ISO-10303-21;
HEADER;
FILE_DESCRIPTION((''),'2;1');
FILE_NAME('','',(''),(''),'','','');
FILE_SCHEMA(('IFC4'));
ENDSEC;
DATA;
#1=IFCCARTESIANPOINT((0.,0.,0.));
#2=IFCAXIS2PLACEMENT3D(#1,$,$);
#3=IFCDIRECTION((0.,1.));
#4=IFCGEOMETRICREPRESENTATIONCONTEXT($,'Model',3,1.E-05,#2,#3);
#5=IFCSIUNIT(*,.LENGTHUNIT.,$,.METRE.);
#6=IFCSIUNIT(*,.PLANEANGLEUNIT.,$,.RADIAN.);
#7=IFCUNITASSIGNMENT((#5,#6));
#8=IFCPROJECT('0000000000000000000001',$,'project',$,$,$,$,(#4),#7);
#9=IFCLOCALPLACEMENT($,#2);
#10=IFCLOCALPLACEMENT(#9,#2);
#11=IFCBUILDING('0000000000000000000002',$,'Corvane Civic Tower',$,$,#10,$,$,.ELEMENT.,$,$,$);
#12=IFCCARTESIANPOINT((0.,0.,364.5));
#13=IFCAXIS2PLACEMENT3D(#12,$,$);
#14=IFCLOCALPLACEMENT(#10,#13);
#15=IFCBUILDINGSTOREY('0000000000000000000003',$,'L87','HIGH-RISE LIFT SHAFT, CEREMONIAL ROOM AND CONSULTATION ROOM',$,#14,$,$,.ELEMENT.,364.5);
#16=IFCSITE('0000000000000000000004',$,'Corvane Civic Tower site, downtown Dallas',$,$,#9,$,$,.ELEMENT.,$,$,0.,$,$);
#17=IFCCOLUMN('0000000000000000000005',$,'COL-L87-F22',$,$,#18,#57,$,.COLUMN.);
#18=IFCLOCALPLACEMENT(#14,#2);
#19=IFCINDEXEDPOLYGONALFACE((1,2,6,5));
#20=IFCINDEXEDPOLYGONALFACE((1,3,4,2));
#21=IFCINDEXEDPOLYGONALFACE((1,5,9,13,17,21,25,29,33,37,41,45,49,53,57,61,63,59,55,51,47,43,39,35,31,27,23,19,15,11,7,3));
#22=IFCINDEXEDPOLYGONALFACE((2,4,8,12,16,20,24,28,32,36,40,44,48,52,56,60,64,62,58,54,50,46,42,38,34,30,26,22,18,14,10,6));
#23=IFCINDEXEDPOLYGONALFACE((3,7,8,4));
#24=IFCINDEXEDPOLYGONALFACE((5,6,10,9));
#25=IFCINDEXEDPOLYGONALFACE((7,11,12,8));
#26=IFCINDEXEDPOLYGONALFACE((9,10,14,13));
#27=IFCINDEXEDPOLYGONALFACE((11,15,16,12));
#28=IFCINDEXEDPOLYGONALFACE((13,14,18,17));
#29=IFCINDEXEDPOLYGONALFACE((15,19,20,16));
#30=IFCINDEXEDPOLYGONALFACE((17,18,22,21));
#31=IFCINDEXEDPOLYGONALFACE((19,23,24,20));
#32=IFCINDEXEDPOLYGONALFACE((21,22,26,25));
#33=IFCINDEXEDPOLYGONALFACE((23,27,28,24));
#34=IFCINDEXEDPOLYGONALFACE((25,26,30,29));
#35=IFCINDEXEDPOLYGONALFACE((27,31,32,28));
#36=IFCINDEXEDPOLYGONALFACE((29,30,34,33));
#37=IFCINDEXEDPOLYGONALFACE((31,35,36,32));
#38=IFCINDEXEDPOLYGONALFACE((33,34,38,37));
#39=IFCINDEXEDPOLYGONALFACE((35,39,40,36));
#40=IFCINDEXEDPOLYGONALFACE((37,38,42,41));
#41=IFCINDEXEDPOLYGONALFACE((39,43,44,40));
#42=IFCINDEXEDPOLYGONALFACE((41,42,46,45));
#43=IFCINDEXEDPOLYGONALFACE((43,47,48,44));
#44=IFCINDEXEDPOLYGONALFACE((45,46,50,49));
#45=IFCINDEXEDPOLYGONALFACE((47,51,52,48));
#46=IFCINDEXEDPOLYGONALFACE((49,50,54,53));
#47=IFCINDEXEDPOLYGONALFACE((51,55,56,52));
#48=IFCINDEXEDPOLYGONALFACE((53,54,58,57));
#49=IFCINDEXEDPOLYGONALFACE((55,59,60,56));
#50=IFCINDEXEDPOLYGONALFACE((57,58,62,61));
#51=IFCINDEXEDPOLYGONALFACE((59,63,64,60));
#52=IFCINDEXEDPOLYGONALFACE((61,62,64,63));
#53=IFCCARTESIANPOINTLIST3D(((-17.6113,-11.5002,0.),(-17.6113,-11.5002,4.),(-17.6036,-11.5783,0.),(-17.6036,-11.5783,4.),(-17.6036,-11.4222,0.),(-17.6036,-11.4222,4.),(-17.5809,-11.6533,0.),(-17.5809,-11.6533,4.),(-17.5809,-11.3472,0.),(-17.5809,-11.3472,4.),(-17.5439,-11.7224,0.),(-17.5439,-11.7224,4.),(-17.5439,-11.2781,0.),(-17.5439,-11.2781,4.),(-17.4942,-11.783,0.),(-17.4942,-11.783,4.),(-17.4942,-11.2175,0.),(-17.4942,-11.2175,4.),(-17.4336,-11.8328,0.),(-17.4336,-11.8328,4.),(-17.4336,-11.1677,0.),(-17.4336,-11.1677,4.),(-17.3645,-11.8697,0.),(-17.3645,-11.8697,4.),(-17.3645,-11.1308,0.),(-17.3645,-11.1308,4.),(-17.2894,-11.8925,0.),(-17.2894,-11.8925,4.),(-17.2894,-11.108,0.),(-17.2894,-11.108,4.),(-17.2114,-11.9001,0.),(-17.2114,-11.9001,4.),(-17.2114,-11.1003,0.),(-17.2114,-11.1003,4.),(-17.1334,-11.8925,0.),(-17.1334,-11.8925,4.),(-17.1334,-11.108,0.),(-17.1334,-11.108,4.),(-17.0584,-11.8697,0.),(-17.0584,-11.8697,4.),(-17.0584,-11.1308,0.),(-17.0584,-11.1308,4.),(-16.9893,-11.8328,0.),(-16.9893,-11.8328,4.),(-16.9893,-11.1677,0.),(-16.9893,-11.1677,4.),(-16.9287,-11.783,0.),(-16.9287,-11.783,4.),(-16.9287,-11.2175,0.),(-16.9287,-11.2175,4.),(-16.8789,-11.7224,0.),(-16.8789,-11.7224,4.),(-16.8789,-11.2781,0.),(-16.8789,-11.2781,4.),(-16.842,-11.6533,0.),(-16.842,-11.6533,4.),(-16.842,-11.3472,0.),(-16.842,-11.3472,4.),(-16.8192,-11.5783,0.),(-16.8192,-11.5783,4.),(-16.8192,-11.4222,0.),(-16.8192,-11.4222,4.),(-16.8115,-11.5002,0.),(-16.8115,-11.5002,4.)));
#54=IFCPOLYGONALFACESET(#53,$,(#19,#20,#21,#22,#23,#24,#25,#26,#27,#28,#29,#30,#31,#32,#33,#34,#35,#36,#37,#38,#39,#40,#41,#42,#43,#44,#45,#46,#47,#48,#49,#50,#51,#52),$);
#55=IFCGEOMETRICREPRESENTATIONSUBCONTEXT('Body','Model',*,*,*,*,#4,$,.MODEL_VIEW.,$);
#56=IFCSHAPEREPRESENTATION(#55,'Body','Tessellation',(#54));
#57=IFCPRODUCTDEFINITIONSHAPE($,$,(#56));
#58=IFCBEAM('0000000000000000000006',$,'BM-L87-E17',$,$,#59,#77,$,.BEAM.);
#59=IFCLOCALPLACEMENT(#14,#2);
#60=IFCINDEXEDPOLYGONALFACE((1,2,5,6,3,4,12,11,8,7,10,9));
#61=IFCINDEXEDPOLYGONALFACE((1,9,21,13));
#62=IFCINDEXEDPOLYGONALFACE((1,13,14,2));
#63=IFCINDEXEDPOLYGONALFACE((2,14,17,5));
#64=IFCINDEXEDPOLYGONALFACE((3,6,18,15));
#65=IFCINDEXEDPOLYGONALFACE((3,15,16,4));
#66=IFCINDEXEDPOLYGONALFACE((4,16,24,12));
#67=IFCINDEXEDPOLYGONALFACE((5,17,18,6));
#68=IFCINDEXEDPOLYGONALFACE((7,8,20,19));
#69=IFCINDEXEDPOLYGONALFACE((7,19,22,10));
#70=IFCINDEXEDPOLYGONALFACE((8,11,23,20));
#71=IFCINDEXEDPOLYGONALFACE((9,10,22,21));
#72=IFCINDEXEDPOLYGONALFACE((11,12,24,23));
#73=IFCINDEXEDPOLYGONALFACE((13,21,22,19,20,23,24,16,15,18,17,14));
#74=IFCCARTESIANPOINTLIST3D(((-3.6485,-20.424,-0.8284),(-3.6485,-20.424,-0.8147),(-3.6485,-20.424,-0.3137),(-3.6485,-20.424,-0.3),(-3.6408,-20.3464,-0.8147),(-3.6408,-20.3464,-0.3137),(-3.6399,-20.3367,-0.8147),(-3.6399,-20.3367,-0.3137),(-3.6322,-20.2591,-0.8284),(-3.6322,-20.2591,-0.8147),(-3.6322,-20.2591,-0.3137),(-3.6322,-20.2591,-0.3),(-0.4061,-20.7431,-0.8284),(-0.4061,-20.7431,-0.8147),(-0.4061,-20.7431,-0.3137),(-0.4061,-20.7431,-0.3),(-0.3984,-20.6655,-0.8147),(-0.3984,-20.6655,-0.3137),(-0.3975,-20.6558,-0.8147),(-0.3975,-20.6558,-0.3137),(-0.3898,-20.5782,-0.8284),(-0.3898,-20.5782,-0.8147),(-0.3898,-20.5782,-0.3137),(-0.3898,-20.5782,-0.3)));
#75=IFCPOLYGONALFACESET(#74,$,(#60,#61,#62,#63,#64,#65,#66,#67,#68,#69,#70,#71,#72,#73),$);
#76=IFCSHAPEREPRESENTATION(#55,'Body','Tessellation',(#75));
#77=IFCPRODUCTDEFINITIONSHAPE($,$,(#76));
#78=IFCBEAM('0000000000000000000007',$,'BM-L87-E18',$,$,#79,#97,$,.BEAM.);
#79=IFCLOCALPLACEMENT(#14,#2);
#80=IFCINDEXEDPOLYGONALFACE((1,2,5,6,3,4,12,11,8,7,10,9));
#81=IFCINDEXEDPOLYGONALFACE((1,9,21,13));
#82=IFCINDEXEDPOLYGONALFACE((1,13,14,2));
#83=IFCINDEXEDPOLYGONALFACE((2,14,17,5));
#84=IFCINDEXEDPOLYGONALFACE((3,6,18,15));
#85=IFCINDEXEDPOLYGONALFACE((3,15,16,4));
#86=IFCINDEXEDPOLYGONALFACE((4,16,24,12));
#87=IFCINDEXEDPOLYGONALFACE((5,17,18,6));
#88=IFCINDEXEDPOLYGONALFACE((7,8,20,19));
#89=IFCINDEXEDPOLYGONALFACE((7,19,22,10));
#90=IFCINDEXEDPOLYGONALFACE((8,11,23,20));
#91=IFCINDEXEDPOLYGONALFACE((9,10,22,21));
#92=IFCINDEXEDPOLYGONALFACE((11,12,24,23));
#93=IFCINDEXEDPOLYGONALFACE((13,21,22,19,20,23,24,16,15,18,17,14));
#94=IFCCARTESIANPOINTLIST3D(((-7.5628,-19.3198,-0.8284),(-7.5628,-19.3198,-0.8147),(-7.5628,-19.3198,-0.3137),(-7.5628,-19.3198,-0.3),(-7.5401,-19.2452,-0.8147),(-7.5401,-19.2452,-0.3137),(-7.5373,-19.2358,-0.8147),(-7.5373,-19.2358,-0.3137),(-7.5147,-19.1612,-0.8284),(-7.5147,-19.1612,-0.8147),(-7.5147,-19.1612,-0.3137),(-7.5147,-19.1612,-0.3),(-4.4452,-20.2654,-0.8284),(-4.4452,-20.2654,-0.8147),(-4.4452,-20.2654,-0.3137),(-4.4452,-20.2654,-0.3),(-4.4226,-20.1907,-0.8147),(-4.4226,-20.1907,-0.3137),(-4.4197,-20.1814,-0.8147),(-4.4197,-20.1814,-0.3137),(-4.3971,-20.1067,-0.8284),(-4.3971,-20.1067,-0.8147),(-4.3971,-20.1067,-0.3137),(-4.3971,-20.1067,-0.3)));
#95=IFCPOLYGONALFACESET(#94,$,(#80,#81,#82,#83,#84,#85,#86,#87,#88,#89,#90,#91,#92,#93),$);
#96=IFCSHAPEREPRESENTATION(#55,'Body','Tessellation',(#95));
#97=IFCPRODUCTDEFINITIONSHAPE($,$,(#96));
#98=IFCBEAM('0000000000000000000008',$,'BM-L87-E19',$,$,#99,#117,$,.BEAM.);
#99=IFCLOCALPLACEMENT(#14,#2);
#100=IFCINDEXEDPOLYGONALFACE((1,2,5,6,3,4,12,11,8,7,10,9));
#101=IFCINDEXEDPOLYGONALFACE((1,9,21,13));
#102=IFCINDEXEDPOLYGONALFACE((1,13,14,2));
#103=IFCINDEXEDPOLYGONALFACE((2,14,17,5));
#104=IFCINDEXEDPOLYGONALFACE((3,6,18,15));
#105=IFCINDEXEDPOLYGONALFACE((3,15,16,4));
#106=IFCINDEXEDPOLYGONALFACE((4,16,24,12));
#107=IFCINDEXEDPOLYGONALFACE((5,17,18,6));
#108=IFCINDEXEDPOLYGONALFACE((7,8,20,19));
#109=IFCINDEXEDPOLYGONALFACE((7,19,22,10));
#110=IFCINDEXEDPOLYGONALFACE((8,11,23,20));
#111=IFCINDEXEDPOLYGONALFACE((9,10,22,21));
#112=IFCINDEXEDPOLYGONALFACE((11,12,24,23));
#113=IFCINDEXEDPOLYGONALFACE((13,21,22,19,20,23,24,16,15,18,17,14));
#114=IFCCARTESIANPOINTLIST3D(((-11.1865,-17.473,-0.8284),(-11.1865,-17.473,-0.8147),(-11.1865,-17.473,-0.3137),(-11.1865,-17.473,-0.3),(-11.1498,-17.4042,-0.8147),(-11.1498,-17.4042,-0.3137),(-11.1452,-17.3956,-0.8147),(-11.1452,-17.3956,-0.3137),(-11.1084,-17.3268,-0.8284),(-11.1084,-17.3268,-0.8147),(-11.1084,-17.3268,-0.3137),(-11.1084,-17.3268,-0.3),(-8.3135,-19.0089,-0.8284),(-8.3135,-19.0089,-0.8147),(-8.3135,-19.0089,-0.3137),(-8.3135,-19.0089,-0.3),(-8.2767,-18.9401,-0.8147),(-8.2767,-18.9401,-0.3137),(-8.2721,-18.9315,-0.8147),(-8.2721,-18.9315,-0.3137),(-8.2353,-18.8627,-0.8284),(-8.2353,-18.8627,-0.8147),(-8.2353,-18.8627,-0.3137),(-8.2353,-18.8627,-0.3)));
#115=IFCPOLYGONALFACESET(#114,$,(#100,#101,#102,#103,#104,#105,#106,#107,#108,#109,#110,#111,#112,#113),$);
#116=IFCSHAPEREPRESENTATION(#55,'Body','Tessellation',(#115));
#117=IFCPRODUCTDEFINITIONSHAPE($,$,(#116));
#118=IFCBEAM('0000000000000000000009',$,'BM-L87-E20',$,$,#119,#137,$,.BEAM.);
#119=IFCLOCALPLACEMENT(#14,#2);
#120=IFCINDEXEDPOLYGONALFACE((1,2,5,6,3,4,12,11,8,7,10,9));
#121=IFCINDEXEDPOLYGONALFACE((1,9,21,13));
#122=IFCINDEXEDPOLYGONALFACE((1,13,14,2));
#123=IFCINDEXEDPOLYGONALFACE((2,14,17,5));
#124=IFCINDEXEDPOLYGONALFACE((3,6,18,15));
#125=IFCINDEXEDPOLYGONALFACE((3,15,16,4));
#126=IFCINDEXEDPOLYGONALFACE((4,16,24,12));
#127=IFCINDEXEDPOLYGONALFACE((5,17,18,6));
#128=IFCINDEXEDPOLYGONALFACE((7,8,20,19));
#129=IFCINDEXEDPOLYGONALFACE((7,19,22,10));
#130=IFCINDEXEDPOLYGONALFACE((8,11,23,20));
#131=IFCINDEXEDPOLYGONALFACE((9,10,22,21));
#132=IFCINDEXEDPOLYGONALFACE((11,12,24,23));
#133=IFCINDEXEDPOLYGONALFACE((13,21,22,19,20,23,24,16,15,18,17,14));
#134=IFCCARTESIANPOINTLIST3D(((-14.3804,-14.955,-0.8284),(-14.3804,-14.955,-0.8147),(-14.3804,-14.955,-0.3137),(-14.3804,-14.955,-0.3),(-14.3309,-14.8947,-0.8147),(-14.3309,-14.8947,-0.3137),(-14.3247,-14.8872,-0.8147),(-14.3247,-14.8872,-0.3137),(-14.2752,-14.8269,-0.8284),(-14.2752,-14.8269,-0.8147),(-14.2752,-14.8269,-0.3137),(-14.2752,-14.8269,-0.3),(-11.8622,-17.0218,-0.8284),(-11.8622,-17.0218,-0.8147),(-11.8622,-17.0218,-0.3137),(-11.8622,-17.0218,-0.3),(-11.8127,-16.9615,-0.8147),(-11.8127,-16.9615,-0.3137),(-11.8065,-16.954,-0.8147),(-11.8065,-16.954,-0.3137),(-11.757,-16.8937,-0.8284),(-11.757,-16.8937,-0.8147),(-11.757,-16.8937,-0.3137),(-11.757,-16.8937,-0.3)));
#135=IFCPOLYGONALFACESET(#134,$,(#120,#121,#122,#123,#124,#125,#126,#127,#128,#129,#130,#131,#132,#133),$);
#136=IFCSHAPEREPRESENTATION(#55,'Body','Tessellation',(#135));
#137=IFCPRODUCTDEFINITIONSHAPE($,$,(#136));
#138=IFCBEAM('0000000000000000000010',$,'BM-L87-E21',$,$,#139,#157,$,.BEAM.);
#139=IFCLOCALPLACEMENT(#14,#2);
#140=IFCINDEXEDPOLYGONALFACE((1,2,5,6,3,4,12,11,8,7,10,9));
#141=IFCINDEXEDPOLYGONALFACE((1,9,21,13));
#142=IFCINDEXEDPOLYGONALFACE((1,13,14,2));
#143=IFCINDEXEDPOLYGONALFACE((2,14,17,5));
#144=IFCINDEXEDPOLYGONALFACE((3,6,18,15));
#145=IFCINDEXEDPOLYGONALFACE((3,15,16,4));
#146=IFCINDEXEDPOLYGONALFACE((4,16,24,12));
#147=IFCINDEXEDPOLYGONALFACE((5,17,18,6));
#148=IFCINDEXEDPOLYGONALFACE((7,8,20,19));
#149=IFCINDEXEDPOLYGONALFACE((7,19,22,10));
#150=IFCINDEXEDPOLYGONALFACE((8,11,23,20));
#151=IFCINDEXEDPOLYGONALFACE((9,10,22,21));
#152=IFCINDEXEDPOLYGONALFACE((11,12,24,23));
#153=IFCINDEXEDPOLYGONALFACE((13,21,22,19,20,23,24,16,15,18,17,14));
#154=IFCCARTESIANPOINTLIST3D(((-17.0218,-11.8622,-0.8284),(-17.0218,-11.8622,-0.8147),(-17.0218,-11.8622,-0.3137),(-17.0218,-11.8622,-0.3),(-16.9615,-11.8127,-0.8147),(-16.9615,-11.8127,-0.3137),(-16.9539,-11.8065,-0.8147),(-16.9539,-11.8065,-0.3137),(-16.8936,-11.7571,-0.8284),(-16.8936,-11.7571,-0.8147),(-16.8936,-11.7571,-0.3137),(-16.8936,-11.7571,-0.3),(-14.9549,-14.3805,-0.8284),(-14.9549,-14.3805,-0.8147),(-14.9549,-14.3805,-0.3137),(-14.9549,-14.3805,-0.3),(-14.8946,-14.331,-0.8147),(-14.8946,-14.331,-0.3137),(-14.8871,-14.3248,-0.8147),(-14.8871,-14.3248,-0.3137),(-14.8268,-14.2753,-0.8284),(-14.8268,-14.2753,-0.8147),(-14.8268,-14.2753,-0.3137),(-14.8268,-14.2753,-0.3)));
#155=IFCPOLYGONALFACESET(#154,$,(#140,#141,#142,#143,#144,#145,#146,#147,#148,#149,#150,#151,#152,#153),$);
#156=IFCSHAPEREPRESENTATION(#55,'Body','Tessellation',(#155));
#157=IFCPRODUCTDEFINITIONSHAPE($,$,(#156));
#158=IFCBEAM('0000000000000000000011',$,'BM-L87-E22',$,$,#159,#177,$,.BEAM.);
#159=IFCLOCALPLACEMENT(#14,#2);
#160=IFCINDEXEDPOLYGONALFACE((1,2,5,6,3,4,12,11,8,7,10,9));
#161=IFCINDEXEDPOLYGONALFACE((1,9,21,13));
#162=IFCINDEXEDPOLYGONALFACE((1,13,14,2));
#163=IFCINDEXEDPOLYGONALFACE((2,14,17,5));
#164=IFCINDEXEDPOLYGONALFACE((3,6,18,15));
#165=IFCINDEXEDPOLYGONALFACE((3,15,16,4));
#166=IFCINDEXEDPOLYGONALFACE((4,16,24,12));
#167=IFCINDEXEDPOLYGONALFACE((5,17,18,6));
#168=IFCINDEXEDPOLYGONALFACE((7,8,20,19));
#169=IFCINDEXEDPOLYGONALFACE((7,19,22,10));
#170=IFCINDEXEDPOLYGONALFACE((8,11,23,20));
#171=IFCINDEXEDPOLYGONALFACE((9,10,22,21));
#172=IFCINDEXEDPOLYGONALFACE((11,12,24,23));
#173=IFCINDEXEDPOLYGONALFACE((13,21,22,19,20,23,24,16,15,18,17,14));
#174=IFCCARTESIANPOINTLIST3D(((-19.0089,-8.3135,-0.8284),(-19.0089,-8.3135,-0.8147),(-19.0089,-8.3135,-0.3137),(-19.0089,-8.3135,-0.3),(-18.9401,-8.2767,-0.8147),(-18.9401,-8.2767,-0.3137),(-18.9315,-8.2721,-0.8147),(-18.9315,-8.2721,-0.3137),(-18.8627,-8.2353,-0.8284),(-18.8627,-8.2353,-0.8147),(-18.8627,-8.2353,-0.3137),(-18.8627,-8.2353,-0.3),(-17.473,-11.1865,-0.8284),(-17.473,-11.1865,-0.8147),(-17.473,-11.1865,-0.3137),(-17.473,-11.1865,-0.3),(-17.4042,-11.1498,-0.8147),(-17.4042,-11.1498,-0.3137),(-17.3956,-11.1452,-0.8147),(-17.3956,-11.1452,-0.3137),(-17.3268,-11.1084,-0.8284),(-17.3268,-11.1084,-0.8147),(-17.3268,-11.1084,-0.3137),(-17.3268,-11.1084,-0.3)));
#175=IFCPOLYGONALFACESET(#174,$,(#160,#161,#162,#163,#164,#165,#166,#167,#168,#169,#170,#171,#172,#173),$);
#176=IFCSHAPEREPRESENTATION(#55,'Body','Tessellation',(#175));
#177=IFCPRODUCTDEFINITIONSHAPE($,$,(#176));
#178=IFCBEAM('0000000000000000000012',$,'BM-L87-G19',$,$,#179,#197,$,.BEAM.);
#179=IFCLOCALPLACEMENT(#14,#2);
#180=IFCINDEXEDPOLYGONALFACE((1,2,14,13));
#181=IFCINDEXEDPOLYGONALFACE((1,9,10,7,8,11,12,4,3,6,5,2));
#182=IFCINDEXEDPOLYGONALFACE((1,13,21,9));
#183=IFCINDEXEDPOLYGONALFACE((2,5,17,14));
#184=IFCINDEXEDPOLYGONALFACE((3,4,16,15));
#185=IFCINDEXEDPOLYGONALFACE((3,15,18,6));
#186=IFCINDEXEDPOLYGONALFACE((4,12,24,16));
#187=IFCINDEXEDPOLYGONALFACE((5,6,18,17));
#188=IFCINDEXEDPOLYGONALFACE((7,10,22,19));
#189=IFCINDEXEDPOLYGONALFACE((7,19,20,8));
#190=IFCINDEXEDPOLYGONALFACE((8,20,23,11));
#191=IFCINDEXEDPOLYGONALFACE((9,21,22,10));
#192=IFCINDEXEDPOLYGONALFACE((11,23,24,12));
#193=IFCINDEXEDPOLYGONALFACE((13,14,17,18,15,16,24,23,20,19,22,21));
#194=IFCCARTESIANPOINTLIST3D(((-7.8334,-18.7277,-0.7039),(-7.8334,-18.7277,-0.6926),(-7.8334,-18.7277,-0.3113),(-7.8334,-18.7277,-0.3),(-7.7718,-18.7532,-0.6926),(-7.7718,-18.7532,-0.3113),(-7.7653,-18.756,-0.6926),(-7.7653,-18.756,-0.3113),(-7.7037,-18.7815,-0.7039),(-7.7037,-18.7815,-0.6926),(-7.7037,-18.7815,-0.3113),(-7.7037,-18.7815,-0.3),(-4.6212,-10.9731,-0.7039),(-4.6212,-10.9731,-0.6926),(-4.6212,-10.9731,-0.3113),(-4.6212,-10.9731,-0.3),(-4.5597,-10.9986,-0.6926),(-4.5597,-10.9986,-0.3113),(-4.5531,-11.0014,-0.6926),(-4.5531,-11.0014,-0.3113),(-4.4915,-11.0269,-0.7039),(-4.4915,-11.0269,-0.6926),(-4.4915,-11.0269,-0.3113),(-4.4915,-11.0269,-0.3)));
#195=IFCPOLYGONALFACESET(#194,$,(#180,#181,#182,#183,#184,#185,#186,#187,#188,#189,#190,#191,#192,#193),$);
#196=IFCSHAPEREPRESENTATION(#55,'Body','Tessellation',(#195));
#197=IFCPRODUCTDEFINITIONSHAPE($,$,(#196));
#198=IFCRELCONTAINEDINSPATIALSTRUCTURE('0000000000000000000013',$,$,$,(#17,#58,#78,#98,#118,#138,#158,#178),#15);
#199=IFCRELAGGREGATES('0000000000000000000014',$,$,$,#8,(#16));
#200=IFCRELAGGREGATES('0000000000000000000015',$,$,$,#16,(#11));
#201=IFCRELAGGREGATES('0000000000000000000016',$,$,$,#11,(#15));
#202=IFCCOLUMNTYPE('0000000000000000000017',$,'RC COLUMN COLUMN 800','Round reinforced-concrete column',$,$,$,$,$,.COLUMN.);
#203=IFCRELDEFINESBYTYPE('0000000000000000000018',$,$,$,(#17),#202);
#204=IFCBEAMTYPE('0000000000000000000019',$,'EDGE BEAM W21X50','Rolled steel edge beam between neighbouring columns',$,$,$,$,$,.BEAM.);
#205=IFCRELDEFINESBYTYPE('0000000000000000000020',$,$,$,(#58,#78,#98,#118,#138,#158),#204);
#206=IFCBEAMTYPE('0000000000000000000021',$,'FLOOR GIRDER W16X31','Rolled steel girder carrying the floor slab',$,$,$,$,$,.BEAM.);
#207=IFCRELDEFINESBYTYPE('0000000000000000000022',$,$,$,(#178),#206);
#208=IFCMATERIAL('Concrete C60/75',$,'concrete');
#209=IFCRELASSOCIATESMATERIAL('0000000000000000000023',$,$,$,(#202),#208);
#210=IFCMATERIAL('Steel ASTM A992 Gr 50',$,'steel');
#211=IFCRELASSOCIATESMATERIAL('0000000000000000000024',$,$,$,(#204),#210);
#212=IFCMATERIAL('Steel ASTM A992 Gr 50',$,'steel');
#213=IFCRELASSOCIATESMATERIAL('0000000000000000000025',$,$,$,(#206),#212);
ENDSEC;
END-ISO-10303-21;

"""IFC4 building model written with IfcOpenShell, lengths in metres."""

from ifc_helpers import new_model, si_unit, direction, frame, origin, origin_2d, place, context, subcontext, project, spatial, circle, i_section, extrude, material, material_profile, profile_set, type_object, element, save


model = new_model("IFC4")

# Units and contexts
model_context = context("Model", 3, precision=1e-05, world=origin(), true_north=direction((0.0, 1.0)))
body_context = subcontext(model_context, "Body", "Model", "MODEL_VIEW")
ifc_project = project(units=[si_unit("LENGTHUNIT", "METRE"), si_unit("PLANEANGLEUNIT", "RADIAN")], contexts=[model_context])

# Site, building, storey
site_placement = place(None, origin())
site = spatial("IfcSite", under=ifc_project, at=site_placement, Name="Corvane Civic Tower site, downtown Dallas", CompositionType="ELEMENT", RefElevation=0.0)
building_placement = place(site_placement, origin())
building = spatial("IfcBuilding", under=site, at=building_placement, Name="Corvane Civic Tower", CompositionType="ELEMENT")
storey_placement = place(building_placement, frame((0.0, 0.0, 364.5)))
storey = spatial("IfcBuildingStorey", under=building, at=storey_placement, Name="L87", Description="HIGH-RISE LIFT SHAFT, CEREMONIAL ROOM AND CONSULTATION ROOM", CompositionType="ELEMENT", Elevation=364.5)

# Column
ifc_material_1 = material(Name="Concrete C60/75", Category="concrete")
ifc_material_profile_1 = material_profile(ifc_material_1, circle(Radius=0.3999, at=origin_2d()), Name="COLUMN 800")
ifc_profile_set_1 = profile_set([ifc_material_profile_1], Name="Concrete C60/75")
column_type = type_object("IfcColumnType", Name="RC COLUMN COLUMN 800", Description="Round reinforced-concrete column", PredefinedType="COLUMN", material=ifc_profile_set_1)
for number, where, z_axis, x_axis, name in (
    (1, (-17.2114, -11.5002, 0.0), (0.0, 0.0, 1.0), (1.0, 0.0, 0.0), "COL-L87-F22"),
):
    element("IfcColumn", number, at=place(storey_placement, frame(where, z_axis=z_axis, x_axis=x_axis)), inside=storey, type_object=column_type, Name=name, PredefinedType="COLUMN", context=body_context, shape_type="SweptSolid", body=[
        extrude(circle(Radius=0.3999, at=origin_2d()), origin(), (0.0, 0.0, 1.0), 4.0),
    ])

# Beams
ifc_material_2 = material(Name="Steel ASTM A992 Gr 50", Category="steel")
ifc_material_profile_2 = material_profile(ifc_material_2, i_section(OverallWidth=0.1658, OverallDepth=0.5283, WebThickness=0.0098, FlangeThickness=0.0137, at=origin_2d()), Name="W21X50")
ifc_profile_set_2 = profile_set([ifc_material_profile_2], Name="Steel ASTM A992 Gr 50")
beam_type_1 = type_object("IfcBeamType", Name="EDGE BEAM W21X50", Description="Rolled steel edge beam between neighbouring columns", PredefinedType="BEAM", material=ifc_profile_set_2)
beam_1_placement = place(storey_placement, frame((-0.3979, -20.6606, -0.5642), z_axis=(-0.995193, 0.097938, 0.0), x_axis=(-0.097938, -0.995193, 0.0)))
element("IfcBeam", 2, at=beam_1_placement, inside=storey, type_object=beam_type_1, Name="BM-L87-E17", PredefinedType="BEAM", context=body_context, shape_type="SweptSolid", body=[
    extrude(i_section(OverallWidth=0.1658, OverallDepth=0.5283, WebThickness=0.0098, FlangeThickness=0.0137, at=origin_2d()), origin(), (0.0, 0.0, 1.0), 3.2581),
])
for number, where, z_axis, x_axis, name in (
    (3, (-4.4211, -20.186, -0.5642), (-0.956956, 0.290234, 0.0), (-0.290234, -0.956956, 0.0), "BM-L87-E18"),
    (4, (-8.2744, -18.9358, -0.5642), (-0.881894, 0.471448, 0.0), (-0.471448, -0.881894, 0.0), "BM-L87-E19"),
    (5, (-11.8096, -16.9578, -0.5642), (-0.772985, 0.634425, 0.0), (-0.634425, -0.772985, 0.0), "BM-L87-E20"),
    (6, (-14.8909, -14.3279, -0.5642), (-0.634425, 0.772985, 0.0), (-0.772985, -0.634425, 0.0), "BM-L87-E21"),
    (7, (-17.3999, -11.1475, -0.5642), (-0.471448, 0.881894, 0.0), (-0.881894, -0.471448, 0.0), "BM-L87-E22"),
):
    element("IfcBeam", number, at=place(storey_placement, frame(where, z_axis=z_axis, x_axis=x_axis)), inside=storey, type_object=beam_type_1, Name=name, PredefinedType="BEAM", context=body_context, shape_type="SweptSolid", body=[
        extrude(i_section(OverallWidth=0.1658, OverallDepth=0.5283, WebThickness=0.0098, FlangeThickness=0.0137, at=origin_2d()), origin(), (0.0, 0.0, 1.0), 3.2578),
    ])
ifc_material_3 = material(Name="Steel ASTM A992 Gr 50", Category="steel")
ifc_material_profile_3 = material_profile(ifc_material_3, i_section(OverallWidth=0.1404, OverallDepth=0.4038, WebThickness=0.0071, FlangeThickness=0.0112, at=origin_2d()), Name="W16X31")
ifc_profile_set_3 = profile_set([ifc_material_profile_3], Name="Steel ASTM A992 Gr 50")
beam_type_2 = type_object("IfcBeamType", Name="FLOOR GIRDER W16X31", Description="Rolled steel girder carrying the floor slab", PredefinedType="BEAM", material=ifc_profile_set_3)
beam_2_placement = place(storey_placement, frame((-4.5564, -11.0, -0.502), z_axis=(-0.382692, -0.923876, 0.0), x_axis=(0.923876, -0.382692, 0.0)))
element("IfcBeam", 8, at=beam_2_placement, inside=storey, type_object=beam_type_2, Name="BM-L87-G19", PredefinedType="BEAM", context=body_context, shape_type="SweptSolid", body=[
    extrude(i_section(OverallWidth=0.1404, OverallDepth=0.4038, WebThickness=0.0071, FlangeThickness=0.0112, at=origin_2d()), origin(), (0.0, 0.0, 1.0), 8.3936),
])

save(model, "model.ifc")
